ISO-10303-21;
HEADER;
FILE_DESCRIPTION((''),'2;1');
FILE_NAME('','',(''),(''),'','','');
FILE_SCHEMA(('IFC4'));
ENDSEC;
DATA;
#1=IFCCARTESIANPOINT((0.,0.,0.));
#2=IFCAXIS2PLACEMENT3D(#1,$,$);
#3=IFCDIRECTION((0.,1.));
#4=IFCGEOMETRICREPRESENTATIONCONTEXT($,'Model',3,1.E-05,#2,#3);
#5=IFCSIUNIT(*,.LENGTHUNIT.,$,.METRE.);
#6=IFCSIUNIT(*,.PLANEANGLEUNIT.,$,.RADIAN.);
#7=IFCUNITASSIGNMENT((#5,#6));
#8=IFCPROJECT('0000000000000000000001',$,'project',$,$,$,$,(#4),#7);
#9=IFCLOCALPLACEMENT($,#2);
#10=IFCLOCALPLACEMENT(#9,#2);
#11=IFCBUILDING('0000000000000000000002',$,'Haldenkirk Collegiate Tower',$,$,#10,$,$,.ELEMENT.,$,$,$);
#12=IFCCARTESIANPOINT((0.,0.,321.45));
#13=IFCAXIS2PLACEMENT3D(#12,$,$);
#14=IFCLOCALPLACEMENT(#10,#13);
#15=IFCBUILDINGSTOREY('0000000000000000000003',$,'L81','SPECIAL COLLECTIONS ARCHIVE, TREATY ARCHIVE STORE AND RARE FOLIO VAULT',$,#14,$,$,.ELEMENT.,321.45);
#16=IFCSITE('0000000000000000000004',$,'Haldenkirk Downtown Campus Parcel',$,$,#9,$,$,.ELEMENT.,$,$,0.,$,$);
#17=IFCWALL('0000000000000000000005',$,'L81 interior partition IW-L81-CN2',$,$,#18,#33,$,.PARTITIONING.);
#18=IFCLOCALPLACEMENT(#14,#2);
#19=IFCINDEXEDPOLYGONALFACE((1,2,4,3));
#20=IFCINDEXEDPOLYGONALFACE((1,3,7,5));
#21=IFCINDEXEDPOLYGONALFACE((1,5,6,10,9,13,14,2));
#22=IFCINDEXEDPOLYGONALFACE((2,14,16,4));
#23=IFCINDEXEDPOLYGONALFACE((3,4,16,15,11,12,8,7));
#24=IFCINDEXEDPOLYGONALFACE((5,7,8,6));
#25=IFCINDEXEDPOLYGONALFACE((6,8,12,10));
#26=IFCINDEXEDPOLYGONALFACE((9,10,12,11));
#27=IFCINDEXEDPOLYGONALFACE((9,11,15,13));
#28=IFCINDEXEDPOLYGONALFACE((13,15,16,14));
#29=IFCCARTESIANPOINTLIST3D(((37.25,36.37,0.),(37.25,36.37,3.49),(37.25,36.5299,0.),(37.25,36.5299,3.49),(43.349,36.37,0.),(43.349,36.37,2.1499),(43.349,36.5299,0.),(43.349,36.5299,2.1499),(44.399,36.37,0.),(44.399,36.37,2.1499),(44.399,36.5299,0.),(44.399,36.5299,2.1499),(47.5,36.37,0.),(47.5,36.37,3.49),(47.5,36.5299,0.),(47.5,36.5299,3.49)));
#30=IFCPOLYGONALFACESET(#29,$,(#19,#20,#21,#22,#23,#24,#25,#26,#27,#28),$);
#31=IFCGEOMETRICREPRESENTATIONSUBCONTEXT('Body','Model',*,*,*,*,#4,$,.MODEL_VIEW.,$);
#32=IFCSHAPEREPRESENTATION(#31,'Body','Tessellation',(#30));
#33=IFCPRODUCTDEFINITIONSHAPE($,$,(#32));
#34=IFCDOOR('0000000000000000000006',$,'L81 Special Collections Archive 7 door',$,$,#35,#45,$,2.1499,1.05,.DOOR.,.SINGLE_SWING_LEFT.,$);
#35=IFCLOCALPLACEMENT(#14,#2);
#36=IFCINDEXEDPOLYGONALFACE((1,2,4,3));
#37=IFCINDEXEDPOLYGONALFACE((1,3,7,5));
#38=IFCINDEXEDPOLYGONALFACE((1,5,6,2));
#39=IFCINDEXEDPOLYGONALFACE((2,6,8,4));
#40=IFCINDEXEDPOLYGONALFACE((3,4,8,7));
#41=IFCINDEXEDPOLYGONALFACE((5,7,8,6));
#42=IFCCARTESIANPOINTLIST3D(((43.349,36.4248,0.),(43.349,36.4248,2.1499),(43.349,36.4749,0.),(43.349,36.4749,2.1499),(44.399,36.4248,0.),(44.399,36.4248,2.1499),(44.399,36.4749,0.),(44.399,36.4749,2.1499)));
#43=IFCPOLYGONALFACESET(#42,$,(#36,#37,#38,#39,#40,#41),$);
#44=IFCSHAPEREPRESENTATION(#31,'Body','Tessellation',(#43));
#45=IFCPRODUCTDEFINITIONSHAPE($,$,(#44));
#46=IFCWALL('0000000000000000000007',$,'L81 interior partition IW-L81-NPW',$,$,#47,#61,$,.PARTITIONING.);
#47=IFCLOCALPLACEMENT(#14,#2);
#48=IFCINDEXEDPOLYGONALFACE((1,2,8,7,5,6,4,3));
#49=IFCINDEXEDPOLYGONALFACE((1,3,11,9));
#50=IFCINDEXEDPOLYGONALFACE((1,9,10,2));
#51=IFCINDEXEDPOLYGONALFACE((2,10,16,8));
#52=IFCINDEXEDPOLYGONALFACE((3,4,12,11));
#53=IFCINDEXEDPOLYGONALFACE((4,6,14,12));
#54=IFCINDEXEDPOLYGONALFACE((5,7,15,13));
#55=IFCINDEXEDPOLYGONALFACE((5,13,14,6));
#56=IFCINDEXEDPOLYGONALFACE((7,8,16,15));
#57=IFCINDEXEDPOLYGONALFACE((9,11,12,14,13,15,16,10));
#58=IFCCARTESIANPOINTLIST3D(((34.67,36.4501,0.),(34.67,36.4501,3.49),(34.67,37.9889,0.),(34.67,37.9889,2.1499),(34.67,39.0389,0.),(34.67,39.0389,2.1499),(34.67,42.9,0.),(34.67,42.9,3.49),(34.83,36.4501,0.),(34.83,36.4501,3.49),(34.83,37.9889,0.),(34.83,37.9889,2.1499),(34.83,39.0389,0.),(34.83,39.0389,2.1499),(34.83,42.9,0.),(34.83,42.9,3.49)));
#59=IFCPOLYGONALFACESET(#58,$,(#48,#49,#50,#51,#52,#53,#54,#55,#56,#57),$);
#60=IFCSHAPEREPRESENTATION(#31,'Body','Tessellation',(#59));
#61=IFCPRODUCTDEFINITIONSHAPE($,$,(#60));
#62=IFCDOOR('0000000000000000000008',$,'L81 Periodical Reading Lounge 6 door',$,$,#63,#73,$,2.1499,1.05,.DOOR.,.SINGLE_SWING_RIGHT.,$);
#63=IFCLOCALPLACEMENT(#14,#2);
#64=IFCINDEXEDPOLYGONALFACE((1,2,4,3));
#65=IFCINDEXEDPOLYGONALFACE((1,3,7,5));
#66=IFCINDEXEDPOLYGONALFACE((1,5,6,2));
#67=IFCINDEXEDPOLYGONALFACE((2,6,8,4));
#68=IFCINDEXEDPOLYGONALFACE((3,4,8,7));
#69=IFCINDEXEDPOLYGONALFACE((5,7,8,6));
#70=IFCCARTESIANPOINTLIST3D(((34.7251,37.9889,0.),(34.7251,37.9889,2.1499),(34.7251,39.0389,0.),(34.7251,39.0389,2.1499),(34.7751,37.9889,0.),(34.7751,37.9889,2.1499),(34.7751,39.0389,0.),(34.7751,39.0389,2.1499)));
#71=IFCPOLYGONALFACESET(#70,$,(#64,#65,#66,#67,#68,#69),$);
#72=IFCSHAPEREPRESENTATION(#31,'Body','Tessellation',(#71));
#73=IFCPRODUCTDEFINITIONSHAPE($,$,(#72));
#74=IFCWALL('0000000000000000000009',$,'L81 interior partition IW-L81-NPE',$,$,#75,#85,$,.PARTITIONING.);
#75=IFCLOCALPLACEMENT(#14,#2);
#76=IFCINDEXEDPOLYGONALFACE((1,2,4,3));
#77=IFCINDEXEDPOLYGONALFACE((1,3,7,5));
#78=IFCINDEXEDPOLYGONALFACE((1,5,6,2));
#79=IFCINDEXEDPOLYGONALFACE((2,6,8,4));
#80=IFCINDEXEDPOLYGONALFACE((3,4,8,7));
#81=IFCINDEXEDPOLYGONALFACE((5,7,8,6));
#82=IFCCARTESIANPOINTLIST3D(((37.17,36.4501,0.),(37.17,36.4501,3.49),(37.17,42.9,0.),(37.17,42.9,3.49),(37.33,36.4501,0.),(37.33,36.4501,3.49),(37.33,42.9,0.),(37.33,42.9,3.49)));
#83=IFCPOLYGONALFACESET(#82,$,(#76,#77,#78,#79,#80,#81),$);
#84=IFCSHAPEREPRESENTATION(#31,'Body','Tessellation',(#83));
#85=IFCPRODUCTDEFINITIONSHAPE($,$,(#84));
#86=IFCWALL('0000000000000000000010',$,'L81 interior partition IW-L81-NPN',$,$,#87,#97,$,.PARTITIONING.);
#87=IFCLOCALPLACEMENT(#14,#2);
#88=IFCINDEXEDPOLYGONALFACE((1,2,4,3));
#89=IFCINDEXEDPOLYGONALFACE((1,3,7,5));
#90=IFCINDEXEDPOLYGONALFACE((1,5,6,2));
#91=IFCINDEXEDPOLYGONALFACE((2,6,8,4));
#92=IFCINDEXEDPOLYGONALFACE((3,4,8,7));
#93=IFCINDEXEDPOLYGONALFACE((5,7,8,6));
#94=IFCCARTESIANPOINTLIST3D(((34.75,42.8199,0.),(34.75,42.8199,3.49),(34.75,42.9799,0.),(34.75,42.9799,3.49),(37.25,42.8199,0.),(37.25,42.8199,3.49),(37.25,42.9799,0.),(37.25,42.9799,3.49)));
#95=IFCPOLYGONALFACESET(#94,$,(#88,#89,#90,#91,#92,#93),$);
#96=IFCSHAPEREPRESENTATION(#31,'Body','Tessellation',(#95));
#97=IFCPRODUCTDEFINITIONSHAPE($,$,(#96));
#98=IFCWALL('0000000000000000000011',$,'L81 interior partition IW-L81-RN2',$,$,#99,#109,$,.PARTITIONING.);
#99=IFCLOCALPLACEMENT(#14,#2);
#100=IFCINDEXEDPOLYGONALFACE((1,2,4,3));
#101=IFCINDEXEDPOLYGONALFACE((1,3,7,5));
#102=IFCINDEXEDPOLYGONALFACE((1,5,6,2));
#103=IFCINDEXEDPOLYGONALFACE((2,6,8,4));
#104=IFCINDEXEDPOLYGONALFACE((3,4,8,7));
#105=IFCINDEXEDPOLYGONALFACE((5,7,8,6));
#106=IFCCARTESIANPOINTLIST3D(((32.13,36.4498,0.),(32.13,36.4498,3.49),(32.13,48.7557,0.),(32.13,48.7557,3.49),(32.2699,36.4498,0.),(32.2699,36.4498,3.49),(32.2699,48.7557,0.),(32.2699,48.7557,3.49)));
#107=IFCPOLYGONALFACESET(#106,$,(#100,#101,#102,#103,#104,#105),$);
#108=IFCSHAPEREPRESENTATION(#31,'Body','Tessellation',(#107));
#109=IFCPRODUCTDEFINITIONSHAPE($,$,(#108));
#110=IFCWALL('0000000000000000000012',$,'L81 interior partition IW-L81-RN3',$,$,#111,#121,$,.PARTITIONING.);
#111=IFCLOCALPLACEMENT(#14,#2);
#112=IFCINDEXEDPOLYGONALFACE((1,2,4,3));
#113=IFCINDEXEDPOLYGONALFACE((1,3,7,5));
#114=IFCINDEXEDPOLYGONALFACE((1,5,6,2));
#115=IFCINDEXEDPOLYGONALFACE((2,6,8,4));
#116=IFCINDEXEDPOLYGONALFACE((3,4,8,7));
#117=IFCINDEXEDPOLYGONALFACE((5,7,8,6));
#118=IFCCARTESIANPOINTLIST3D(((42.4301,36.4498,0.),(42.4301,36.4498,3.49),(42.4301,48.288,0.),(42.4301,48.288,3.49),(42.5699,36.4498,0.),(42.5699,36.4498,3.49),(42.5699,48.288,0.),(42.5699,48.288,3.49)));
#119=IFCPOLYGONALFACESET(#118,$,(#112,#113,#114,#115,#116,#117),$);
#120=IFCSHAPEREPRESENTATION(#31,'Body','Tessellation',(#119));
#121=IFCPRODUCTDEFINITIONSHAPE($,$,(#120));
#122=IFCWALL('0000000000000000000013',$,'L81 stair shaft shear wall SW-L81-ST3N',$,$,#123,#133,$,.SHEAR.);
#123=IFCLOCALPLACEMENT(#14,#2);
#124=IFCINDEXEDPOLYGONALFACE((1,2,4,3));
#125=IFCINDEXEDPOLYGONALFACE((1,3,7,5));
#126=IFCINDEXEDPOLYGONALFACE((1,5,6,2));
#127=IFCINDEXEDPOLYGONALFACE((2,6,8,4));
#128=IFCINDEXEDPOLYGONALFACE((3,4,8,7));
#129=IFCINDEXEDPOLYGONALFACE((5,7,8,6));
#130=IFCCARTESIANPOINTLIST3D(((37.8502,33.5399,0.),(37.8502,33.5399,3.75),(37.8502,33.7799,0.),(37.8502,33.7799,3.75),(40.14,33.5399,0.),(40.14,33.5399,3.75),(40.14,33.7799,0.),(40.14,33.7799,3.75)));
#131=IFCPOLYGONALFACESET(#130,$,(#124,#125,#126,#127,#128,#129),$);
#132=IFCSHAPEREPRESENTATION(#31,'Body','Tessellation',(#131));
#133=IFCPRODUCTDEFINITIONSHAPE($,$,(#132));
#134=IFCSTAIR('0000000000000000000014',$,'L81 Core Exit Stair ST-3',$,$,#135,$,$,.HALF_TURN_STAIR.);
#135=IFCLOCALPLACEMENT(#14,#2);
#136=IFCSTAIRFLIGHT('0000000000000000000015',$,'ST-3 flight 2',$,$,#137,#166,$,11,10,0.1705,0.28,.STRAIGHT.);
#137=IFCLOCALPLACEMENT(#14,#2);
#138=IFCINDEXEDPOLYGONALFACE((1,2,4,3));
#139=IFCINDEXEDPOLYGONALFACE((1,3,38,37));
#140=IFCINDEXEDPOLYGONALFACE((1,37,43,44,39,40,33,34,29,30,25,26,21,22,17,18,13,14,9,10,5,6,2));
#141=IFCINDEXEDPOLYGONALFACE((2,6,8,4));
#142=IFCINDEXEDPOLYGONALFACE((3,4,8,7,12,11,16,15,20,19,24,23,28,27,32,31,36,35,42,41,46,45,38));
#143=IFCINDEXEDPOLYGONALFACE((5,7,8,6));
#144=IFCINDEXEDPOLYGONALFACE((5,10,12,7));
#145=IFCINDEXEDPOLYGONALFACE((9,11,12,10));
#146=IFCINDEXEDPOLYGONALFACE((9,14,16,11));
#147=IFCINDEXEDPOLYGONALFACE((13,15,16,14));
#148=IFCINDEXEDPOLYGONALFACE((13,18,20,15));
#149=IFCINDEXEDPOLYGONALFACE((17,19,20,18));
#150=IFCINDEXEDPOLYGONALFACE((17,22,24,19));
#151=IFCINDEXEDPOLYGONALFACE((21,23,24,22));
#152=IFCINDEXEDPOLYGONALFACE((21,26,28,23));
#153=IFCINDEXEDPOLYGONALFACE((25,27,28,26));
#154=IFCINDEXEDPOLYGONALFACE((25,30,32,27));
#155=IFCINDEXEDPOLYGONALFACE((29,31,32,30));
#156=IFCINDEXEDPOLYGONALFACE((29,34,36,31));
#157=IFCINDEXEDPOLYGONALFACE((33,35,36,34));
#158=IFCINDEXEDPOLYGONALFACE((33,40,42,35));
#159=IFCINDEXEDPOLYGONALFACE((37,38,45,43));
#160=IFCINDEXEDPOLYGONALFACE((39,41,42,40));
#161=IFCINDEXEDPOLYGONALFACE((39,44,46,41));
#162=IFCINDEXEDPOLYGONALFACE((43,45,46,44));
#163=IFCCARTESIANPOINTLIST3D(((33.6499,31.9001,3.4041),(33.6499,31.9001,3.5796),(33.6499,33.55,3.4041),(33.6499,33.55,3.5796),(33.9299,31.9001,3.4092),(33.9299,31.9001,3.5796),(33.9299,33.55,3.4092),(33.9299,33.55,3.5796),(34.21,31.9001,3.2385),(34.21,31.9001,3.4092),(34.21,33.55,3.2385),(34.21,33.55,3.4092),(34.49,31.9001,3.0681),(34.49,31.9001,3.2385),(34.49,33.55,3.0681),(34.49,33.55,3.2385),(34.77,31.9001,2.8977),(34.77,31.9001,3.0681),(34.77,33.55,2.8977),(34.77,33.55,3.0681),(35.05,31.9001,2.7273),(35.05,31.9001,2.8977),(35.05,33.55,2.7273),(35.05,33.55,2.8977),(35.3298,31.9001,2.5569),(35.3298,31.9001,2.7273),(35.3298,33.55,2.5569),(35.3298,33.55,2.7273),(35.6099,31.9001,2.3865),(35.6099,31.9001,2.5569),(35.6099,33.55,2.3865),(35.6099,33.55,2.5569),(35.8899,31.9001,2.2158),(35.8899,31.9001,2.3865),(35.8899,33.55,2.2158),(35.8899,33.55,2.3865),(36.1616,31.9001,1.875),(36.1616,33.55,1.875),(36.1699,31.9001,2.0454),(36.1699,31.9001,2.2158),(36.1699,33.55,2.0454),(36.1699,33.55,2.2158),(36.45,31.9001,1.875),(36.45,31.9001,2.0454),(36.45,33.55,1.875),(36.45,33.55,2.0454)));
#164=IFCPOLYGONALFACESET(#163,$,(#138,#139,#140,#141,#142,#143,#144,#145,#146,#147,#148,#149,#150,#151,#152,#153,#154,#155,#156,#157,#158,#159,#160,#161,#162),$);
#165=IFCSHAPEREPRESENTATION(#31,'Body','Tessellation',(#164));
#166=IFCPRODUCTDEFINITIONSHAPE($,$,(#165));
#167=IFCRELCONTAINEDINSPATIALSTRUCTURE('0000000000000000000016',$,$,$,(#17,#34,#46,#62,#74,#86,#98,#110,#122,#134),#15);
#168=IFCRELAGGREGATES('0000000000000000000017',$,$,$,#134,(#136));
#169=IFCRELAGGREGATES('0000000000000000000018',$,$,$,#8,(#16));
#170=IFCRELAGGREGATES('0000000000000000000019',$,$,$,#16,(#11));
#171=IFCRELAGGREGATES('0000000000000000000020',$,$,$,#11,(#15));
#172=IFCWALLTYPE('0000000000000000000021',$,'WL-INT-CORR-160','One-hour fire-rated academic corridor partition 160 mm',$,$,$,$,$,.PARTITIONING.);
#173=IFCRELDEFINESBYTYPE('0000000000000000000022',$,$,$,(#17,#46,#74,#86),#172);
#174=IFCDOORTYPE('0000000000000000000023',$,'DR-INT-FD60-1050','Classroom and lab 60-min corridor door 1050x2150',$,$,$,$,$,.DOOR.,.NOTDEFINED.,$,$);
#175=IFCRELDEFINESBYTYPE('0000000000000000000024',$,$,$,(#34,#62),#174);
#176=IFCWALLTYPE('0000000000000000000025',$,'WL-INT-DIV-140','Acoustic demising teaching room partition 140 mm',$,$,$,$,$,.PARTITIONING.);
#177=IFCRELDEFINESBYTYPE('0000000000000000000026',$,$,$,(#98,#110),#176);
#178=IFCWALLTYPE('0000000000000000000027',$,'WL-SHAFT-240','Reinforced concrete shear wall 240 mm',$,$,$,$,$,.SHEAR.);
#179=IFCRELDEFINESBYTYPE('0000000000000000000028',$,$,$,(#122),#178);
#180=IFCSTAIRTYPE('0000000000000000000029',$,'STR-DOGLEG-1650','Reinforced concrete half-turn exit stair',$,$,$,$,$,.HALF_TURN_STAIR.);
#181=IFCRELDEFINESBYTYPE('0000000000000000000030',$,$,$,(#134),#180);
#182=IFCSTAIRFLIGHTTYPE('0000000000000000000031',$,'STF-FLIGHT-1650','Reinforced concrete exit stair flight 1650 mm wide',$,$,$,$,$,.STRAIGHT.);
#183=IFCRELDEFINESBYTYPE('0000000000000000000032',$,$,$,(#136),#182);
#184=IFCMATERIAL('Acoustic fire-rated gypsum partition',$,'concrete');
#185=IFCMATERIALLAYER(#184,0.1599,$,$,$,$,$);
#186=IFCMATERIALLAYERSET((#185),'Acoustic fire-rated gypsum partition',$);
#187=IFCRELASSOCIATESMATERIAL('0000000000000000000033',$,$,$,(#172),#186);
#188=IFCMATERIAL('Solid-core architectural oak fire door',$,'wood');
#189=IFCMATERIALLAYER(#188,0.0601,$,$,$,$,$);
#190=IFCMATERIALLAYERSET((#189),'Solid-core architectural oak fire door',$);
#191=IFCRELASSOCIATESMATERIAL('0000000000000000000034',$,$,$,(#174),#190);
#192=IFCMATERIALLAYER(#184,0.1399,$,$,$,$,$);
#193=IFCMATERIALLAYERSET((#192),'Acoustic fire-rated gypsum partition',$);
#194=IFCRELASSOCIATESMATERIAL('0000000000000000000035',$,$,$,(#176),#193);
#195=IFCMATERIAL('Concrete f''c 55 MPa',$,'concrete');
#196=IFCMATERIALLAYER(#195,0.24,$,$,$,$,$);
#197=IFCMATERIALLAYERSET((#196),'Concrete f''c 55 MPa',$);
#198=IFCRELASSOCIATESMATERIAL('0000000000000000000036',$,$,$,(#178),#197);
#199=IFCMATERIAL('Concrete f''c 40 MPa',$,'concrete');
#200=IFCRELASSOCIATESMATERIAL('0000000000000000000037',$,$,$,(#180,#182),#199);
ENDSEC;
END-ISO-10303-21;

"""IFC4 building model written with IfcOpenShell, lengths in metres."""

from ifc_helpers import new_model, si_unit, direction, frame, frame_2d, origin, place, context, subcontext, project, spatial, polyline, rectangle, outline, extrude, material, layer, layer_set, type_object, element, fill, aggregate, save


model = new_model("IFC4")

# Units and contexts
model_context = context("Model", 3, precision=1e-05, world=origin(), true_north=direction((0.0, 1.0)))
body_context = subcontext(model_context, "Body", "Model", "MODEL_VIEW")
ifc_project = project(units=[si_unit("LENGTHUNIT", "METRE"), si_unit("PLANEANGLEUNIT", "RADIAN")], contexts=[model_context])

# Site, building, storey
site_placement = place(None, origin())
site = spatial("IfcSite", under=ifc_project, at=site_placement, Name="Haldenkirk Downtown Campus Parcel", CompositionType="ELEMENT", RefElevation=0.0)
building_placement = place(site_placement, origin())
building = spatial("IfcBuilding", under=site, at=building_placement, Name="Haldenkirk Collegiate Tower", CompositionType="ELEMENT")
storey_placement = place(building_placement, frame((0.0, 0.0, 321.45)))
storey = spatial("IfcBuildingStorey", under=building, at=storey_placement, Name="L81", Description="SPECIAL COLLECTIONS ARCHIVE, TREATY ARCHIVE STORE AND RARE FOLIO VAULT", CompositionType="ELEMENT", Elevation=321.45)

# Walls, openings, doors
ifc_material_1 = material(Name="Acoustic fire-rated gypsum partition", Category="concrete")
ifc_layer_1 = layer(ifc_material_1, 0.1599)
ifc_layer_set_1 = layer_set([ifc_layer_1], Name="Acoustic fire-rated gypsum partition")
wall_type_1 = type_object("IfcWallType", Name="WL-INT-CORR-160", Description="One-hour fire-rated academic corridor partition 160 mm", PredefinedType="PARTITIONING", material=ifc_layer_set_1)
wall_1_placement = place(storey_placement, frame((37.25, 36.45, 0.0), z_axis=(0.0, 0.0, 1.0), x_axis=(1.0, 0.0, 0.0)))
wall_1 = element("IfcWall", 1, at=wall_1_placement, inside=storey, type_object=wall_type_1, Name="L81 interior partition IW-L81-CN2", PredefinedType="PARTITIONING", context=body_context, shape_type="SweptSolid", body=[
    extrude(rectangle(XDim=10.25, YDim=0.1599, at=frame_2d((5.125, 0.0))), origin(), (0.0, 0.0, 1.0), 3.49),
])
opening_1_placement = place(wall_1_placement, frame((6.0991, 0.0, 0.0)))
opening_1 = element("IfcOpeningElement", 2, at=opening_1_placement, cuts=wall_1, PredefinedType="OPENING", context=body_context, shape_type="SweptSolid", body=[
    extrude(rectangle(XDim=1.05, YDim=2.1499, at=frame_2d((0.5249, 1.075))), frame((0.0, 0.0898, 0.0), z_axis=(0.0, -1.0, 0.0), x_axis=(1.0, 0.0, 0.0)), (0.0, 0.0, 1.0), 0.1799),
])
ifc_material_2 = material(Name="Solid-core architectural oak fire door", Category="wood")
ifc_layer_2 = layer(ifc_material_2, 0.0601)
ifc_layer_set_2 = layer_set([ifc_layer_2], Name="Solid-core architectural oak fire door")
door_type = type_object("IfcDoorType", Name="DR-INT-FD60-1050", Description="Classroom and lab 60-min corridor door 1050x2150", OperationType="NOTDEFINED", PredefinedType="DOOR", material=ifc_layer_set_2)
door_1_placement = place(opening_1_placement, origin())
door_1 = element("IfcDoor", 3, at=door_1_placement, inside=storey, type_object=door_type, Name="L81 Special Collections Archive 7 door", OperationType="SINGLE_SWING_LEFT", OverallHeight=2.1499, OverallWidth=1.05, PredefinedType="DOOR", context=body_context, shape_type="SweptSolid", body=[
    extrude(rectangle(XDim=1.05, YDim=2.1499, at=frame_2d((0.5249, 1.075))), frame((0.0, 0.0249, 0.0), z_axis=(0.0, -1.0, 0.0), x_axis=(1.0, 0.0, 0.0)), (0.0, 0.0, 1.0), 0.05),
])
fill(opening_1, door_1)
wall_2_placement = place(storey_placement, frame((34.75, 36.45, 0.0), z_axis=(0.0, 0.0, 1.0), x_axis=(0.0, 1.0, 0.0)))
wall_2 = element("IfcWall", 4, at=wall_2_placement, inside=storey, type_object=wall_type_1, Name="L81 interior partition IW-L81-NPW", PredefinedType="PARTITIONING", context=body_context, shape_type="SweptSolid", body=[
    extrude(rectangle(XDim=6.45, YDim=0.1599, at=frame_2d((3.2251, 0.0))), origin(), (0.0, 0.0, 1.0), 3.49),
])
opening_2_placement = place(wall_2_placement, frame((1.5391, 0.0, 0.0)))
opening_2 = element("IfcOpeningElement", 5, at=opening_2_placement, cuts=wall_2, PredefinedType="OPENING", context=body_context, shape_type="SweptSolid", body=[
    extrude(rectangle(XDim=1.05, YDim=2.1499, at=frame_2d((0.5249, 1.075))), frame((0.0, 0.0898, 0.0), z_axis=(0.0, -1.0, 0.0), x_axis=(1.0, 0.0, 0.0)), (0.0, 0.0, 1.0), 0.1799),
])
door_2_placement = place(opening_2_placement, origin())
door_2 = element("IfcDoor", 6, at=door_2_placement, inside=storey, type_object=door_type, Name="L81 Periodical Reading Lounge 6 door", OperationType="SINGLE_SWING_RIGHT", OverallHeight=2.1499, OverallWidth=1.05, PredefinedType="DOOR", context=body_context, shape_type="SweptSolid", body=[
    extrude(rectangle(XDim=1.05, YDim=2.1499, at=frame_2d((0.5249, 1.075))), frame((0.0, 0.0249, 0.0), z_axis=(0.0, -1.0, 0.0), x_axis=(1.0, 0.0, 0.0)), (0.0, 0.0, 1.0), 0.05),
])
fill(opening_2, door_2)

# Walls
wall_3_placement = place(storey_placement, frame((37.25, 36.45, 0.0), z_axis=(0.0, 0.0, 1.0), x_axis=(0.0, 1.0, 0.0)))
element("IfcWall", 7, at=wall_3_placement, inside=storey, type_object=wall_type_1, Name="L81 interior partition IW-L81-NPE", PredefinedType="PARTITIONING", context=body_context, shape_type="SweptSolid", body=[
    extrude(rectangle(XDim=6.45, YDim=0.1599, at=frame_2d((3.2251, 0.0))), origin(), (0.0, 0.0, 1.0), 3.49),
])
wall_4_placement = place(storey_placement, frame((34.75, 42.8999, 0.0), z_axis=(0.0, 0.0, 1.0), x_axis=(1.0, 0.0, 0.0)))
element("IfcWall", 8, at=wall_4_placement, inside=storey, type_object=wall_type_1, Name="L81 interior partition IW-L81-NPN", PredefinedType="PARTITIONING", context=body_context, shape_type="SweptSolid", body=[
    extrude(rectangle(XDim=2.5, YDim=0.1599, at=frame_2d((1.25, 0.0))), origin(), (0.0, 0.0, 1.0), 3.49),
])
ifc_layer_3 = layer(ifc_material_1, 0.1399)
ifc_layer_set_3 = layer_set([ifc_layer_3], Name="Acoustic fire-rated gypsum partition")
wall_type_2 = type_object("IfcWallType", Name="WL-INT-DIV-140", Description="Acoustic demising teaching room partition 140 mm", PredefinedType="PARTITIONING", material=ifc_layer_set_3)
wall_5_placement = place(storey_placement, frame((32.2, 36.45, 0.0), z_axis=(0.0, 0.0, 1.0), x_axis=(0.0, 1.0, 0.0)))
element("IfcWall", 9, at=wall_5_placement, inside=storey, type_object=wall_type_2, Name="L81 interior partition IW-L81-RN2", PredefinedType="PARTITIONING", context=body_context, shape_type="SweptSolid", body=[
    extrude(rectangle(XDim=12.3059, YDim=0.1399, at=frame_2d((6.1528, 0.0))), origin(), (0.0, 0.0, 1.0), 3.49),
])
wall_6_placement = place(storey_placement, frame((42.5, 36.45, 0.0), z_axis=(0.0, 0.0, 1.0), x_axis=(0.0, 1.0, 0.0)))
element("IfcWall", 10, at=wall_6_placement, inside=storey, type_object=wall_type_2, Name="L81 interior partition IW-L81-RN3", PredefinedType="PARTITIONING", context=body_context, shape_type="SweptSolid", body=[
    extrude(rectangle(XDim=11.8381, YDim=0.1399, at=frame_2d((5.9189, 0.0))), origin(), (0.0, 0.0, 1.0), 3.49),
])
ifc_material_3 = material(Name="Concrete f'c 55 MPa", Category="concrete")
ifc_layer_4 = layer(ifc_material_3, 0.24)
ifc_layer_set_4 = layer_set([ifc_layer_4], Name="Concrete f'c 55 MPa")
wall_type_3 = type_object("IfcWallType", Name="WL-SHAFT-240", Description="Reinforced concrete shear wall 240 mm", PredefinedType="SHEAR", material=ifc_layer_set_4)
wall_7_placement = place(storey_placement, frame((37.8501, 33.6599, 0.0), z_axis=(0.0, 0.0, 1.0), x_axis=(1.0, 0.0, 0.0)))
element("IfcWall", 11, at=wall_7_placement, inside=storey, type_object=wall_type_3, Name="L81 stair shaft shear wall SW-L81-ST3N", PredefinedType="SHEAR", context=body_context, shape_type="SweptSolid", body=[
    extrude(rectangle(XDim=2.2898, YDim=0.24, at=frame_2d((1.145, 0.0))), origin(), (0.0, 0.0, 1.0), 3.75),
])

# Stair, stair flight
ifc_material_4 = material(Name="Concrete f'c 40 MPa", Category="concrete")
stair_type = type_object("IfcStairType", Name="STR-DOGLEG-1650", Description="Reinforced concrete half-turn exit stair", PredefinedType="HALF_TURN_STAIR", material=ifc_material_4)
stair_placement = place(storey_placement, origin())
stair = element("IfcStair", 12, at=stair_placement, inside=storey, type_object=stair_type, Name="L81 Core Exit Stair ST-3", PredefinedType="HALF_TURN_STAIR")
stair_flight_type = type_object("IfcStairFlightType", Name="STF-FLIGHT-1650", Description="Reinforced concrete exit stair flight 1650 mm wide", PredefinedType="STRAIGHT", material=ifc_material_4)
stair_flight_placement = place(storey_placement, frame((36.45, 32.7251, 1.875), z_axis=(0.0, 0.0, 1.0), x_axis=(-1.0, 0.0, 0.0)))
stair_flight = element("IfcStairFlight", 13, at=stair_flight_placement, type_object=stair_flight_type, Name="ST-3 flight 2", NumberOfRisers=11, NumberOfTreads=10, PredefinedType="STRAIGHT", RiserHeight=0.1705, TreadLength=0.28, context=body_context, shape_type="SweptSolid", body=[
    extrude(outline(polyline([(0.0, 0.0), (0.0, 0.1704), (0.28, 0.1704), (0.28, 0.3408), (0.5601, 0.3408), (0.5601, 0.5115), (0.8401, 0.5115), (0.8401, 0.6819), (1.1201, 0.6819), (1.1201, 0.8523), (1.3999, 0.8523), (1.3999, 1.0227), (1.6799, 1.0227), (1.6799, 1.1931), (1.96, 1.1931), (1.96, 1.3635), (2.24, 1.3635), (2.24, 1.5342), (2.52, 1.5342), (2.52, 1.7046), (2.8, 1.7046), (2.8, 1.875), (2.8, 1.5291), (0.2883, 0.0), (0.0, 0.0)])), frame((0.0, 0.825, 0.0), z_axis=(0.0, -1.0, 0.0), x_axis=(1.0, 0.0, 0.0)), (0.0, 0.0, 1.0), 1.6499),
])
aggregate(stair, [stair_flight])

save(model, "model.ifc")
